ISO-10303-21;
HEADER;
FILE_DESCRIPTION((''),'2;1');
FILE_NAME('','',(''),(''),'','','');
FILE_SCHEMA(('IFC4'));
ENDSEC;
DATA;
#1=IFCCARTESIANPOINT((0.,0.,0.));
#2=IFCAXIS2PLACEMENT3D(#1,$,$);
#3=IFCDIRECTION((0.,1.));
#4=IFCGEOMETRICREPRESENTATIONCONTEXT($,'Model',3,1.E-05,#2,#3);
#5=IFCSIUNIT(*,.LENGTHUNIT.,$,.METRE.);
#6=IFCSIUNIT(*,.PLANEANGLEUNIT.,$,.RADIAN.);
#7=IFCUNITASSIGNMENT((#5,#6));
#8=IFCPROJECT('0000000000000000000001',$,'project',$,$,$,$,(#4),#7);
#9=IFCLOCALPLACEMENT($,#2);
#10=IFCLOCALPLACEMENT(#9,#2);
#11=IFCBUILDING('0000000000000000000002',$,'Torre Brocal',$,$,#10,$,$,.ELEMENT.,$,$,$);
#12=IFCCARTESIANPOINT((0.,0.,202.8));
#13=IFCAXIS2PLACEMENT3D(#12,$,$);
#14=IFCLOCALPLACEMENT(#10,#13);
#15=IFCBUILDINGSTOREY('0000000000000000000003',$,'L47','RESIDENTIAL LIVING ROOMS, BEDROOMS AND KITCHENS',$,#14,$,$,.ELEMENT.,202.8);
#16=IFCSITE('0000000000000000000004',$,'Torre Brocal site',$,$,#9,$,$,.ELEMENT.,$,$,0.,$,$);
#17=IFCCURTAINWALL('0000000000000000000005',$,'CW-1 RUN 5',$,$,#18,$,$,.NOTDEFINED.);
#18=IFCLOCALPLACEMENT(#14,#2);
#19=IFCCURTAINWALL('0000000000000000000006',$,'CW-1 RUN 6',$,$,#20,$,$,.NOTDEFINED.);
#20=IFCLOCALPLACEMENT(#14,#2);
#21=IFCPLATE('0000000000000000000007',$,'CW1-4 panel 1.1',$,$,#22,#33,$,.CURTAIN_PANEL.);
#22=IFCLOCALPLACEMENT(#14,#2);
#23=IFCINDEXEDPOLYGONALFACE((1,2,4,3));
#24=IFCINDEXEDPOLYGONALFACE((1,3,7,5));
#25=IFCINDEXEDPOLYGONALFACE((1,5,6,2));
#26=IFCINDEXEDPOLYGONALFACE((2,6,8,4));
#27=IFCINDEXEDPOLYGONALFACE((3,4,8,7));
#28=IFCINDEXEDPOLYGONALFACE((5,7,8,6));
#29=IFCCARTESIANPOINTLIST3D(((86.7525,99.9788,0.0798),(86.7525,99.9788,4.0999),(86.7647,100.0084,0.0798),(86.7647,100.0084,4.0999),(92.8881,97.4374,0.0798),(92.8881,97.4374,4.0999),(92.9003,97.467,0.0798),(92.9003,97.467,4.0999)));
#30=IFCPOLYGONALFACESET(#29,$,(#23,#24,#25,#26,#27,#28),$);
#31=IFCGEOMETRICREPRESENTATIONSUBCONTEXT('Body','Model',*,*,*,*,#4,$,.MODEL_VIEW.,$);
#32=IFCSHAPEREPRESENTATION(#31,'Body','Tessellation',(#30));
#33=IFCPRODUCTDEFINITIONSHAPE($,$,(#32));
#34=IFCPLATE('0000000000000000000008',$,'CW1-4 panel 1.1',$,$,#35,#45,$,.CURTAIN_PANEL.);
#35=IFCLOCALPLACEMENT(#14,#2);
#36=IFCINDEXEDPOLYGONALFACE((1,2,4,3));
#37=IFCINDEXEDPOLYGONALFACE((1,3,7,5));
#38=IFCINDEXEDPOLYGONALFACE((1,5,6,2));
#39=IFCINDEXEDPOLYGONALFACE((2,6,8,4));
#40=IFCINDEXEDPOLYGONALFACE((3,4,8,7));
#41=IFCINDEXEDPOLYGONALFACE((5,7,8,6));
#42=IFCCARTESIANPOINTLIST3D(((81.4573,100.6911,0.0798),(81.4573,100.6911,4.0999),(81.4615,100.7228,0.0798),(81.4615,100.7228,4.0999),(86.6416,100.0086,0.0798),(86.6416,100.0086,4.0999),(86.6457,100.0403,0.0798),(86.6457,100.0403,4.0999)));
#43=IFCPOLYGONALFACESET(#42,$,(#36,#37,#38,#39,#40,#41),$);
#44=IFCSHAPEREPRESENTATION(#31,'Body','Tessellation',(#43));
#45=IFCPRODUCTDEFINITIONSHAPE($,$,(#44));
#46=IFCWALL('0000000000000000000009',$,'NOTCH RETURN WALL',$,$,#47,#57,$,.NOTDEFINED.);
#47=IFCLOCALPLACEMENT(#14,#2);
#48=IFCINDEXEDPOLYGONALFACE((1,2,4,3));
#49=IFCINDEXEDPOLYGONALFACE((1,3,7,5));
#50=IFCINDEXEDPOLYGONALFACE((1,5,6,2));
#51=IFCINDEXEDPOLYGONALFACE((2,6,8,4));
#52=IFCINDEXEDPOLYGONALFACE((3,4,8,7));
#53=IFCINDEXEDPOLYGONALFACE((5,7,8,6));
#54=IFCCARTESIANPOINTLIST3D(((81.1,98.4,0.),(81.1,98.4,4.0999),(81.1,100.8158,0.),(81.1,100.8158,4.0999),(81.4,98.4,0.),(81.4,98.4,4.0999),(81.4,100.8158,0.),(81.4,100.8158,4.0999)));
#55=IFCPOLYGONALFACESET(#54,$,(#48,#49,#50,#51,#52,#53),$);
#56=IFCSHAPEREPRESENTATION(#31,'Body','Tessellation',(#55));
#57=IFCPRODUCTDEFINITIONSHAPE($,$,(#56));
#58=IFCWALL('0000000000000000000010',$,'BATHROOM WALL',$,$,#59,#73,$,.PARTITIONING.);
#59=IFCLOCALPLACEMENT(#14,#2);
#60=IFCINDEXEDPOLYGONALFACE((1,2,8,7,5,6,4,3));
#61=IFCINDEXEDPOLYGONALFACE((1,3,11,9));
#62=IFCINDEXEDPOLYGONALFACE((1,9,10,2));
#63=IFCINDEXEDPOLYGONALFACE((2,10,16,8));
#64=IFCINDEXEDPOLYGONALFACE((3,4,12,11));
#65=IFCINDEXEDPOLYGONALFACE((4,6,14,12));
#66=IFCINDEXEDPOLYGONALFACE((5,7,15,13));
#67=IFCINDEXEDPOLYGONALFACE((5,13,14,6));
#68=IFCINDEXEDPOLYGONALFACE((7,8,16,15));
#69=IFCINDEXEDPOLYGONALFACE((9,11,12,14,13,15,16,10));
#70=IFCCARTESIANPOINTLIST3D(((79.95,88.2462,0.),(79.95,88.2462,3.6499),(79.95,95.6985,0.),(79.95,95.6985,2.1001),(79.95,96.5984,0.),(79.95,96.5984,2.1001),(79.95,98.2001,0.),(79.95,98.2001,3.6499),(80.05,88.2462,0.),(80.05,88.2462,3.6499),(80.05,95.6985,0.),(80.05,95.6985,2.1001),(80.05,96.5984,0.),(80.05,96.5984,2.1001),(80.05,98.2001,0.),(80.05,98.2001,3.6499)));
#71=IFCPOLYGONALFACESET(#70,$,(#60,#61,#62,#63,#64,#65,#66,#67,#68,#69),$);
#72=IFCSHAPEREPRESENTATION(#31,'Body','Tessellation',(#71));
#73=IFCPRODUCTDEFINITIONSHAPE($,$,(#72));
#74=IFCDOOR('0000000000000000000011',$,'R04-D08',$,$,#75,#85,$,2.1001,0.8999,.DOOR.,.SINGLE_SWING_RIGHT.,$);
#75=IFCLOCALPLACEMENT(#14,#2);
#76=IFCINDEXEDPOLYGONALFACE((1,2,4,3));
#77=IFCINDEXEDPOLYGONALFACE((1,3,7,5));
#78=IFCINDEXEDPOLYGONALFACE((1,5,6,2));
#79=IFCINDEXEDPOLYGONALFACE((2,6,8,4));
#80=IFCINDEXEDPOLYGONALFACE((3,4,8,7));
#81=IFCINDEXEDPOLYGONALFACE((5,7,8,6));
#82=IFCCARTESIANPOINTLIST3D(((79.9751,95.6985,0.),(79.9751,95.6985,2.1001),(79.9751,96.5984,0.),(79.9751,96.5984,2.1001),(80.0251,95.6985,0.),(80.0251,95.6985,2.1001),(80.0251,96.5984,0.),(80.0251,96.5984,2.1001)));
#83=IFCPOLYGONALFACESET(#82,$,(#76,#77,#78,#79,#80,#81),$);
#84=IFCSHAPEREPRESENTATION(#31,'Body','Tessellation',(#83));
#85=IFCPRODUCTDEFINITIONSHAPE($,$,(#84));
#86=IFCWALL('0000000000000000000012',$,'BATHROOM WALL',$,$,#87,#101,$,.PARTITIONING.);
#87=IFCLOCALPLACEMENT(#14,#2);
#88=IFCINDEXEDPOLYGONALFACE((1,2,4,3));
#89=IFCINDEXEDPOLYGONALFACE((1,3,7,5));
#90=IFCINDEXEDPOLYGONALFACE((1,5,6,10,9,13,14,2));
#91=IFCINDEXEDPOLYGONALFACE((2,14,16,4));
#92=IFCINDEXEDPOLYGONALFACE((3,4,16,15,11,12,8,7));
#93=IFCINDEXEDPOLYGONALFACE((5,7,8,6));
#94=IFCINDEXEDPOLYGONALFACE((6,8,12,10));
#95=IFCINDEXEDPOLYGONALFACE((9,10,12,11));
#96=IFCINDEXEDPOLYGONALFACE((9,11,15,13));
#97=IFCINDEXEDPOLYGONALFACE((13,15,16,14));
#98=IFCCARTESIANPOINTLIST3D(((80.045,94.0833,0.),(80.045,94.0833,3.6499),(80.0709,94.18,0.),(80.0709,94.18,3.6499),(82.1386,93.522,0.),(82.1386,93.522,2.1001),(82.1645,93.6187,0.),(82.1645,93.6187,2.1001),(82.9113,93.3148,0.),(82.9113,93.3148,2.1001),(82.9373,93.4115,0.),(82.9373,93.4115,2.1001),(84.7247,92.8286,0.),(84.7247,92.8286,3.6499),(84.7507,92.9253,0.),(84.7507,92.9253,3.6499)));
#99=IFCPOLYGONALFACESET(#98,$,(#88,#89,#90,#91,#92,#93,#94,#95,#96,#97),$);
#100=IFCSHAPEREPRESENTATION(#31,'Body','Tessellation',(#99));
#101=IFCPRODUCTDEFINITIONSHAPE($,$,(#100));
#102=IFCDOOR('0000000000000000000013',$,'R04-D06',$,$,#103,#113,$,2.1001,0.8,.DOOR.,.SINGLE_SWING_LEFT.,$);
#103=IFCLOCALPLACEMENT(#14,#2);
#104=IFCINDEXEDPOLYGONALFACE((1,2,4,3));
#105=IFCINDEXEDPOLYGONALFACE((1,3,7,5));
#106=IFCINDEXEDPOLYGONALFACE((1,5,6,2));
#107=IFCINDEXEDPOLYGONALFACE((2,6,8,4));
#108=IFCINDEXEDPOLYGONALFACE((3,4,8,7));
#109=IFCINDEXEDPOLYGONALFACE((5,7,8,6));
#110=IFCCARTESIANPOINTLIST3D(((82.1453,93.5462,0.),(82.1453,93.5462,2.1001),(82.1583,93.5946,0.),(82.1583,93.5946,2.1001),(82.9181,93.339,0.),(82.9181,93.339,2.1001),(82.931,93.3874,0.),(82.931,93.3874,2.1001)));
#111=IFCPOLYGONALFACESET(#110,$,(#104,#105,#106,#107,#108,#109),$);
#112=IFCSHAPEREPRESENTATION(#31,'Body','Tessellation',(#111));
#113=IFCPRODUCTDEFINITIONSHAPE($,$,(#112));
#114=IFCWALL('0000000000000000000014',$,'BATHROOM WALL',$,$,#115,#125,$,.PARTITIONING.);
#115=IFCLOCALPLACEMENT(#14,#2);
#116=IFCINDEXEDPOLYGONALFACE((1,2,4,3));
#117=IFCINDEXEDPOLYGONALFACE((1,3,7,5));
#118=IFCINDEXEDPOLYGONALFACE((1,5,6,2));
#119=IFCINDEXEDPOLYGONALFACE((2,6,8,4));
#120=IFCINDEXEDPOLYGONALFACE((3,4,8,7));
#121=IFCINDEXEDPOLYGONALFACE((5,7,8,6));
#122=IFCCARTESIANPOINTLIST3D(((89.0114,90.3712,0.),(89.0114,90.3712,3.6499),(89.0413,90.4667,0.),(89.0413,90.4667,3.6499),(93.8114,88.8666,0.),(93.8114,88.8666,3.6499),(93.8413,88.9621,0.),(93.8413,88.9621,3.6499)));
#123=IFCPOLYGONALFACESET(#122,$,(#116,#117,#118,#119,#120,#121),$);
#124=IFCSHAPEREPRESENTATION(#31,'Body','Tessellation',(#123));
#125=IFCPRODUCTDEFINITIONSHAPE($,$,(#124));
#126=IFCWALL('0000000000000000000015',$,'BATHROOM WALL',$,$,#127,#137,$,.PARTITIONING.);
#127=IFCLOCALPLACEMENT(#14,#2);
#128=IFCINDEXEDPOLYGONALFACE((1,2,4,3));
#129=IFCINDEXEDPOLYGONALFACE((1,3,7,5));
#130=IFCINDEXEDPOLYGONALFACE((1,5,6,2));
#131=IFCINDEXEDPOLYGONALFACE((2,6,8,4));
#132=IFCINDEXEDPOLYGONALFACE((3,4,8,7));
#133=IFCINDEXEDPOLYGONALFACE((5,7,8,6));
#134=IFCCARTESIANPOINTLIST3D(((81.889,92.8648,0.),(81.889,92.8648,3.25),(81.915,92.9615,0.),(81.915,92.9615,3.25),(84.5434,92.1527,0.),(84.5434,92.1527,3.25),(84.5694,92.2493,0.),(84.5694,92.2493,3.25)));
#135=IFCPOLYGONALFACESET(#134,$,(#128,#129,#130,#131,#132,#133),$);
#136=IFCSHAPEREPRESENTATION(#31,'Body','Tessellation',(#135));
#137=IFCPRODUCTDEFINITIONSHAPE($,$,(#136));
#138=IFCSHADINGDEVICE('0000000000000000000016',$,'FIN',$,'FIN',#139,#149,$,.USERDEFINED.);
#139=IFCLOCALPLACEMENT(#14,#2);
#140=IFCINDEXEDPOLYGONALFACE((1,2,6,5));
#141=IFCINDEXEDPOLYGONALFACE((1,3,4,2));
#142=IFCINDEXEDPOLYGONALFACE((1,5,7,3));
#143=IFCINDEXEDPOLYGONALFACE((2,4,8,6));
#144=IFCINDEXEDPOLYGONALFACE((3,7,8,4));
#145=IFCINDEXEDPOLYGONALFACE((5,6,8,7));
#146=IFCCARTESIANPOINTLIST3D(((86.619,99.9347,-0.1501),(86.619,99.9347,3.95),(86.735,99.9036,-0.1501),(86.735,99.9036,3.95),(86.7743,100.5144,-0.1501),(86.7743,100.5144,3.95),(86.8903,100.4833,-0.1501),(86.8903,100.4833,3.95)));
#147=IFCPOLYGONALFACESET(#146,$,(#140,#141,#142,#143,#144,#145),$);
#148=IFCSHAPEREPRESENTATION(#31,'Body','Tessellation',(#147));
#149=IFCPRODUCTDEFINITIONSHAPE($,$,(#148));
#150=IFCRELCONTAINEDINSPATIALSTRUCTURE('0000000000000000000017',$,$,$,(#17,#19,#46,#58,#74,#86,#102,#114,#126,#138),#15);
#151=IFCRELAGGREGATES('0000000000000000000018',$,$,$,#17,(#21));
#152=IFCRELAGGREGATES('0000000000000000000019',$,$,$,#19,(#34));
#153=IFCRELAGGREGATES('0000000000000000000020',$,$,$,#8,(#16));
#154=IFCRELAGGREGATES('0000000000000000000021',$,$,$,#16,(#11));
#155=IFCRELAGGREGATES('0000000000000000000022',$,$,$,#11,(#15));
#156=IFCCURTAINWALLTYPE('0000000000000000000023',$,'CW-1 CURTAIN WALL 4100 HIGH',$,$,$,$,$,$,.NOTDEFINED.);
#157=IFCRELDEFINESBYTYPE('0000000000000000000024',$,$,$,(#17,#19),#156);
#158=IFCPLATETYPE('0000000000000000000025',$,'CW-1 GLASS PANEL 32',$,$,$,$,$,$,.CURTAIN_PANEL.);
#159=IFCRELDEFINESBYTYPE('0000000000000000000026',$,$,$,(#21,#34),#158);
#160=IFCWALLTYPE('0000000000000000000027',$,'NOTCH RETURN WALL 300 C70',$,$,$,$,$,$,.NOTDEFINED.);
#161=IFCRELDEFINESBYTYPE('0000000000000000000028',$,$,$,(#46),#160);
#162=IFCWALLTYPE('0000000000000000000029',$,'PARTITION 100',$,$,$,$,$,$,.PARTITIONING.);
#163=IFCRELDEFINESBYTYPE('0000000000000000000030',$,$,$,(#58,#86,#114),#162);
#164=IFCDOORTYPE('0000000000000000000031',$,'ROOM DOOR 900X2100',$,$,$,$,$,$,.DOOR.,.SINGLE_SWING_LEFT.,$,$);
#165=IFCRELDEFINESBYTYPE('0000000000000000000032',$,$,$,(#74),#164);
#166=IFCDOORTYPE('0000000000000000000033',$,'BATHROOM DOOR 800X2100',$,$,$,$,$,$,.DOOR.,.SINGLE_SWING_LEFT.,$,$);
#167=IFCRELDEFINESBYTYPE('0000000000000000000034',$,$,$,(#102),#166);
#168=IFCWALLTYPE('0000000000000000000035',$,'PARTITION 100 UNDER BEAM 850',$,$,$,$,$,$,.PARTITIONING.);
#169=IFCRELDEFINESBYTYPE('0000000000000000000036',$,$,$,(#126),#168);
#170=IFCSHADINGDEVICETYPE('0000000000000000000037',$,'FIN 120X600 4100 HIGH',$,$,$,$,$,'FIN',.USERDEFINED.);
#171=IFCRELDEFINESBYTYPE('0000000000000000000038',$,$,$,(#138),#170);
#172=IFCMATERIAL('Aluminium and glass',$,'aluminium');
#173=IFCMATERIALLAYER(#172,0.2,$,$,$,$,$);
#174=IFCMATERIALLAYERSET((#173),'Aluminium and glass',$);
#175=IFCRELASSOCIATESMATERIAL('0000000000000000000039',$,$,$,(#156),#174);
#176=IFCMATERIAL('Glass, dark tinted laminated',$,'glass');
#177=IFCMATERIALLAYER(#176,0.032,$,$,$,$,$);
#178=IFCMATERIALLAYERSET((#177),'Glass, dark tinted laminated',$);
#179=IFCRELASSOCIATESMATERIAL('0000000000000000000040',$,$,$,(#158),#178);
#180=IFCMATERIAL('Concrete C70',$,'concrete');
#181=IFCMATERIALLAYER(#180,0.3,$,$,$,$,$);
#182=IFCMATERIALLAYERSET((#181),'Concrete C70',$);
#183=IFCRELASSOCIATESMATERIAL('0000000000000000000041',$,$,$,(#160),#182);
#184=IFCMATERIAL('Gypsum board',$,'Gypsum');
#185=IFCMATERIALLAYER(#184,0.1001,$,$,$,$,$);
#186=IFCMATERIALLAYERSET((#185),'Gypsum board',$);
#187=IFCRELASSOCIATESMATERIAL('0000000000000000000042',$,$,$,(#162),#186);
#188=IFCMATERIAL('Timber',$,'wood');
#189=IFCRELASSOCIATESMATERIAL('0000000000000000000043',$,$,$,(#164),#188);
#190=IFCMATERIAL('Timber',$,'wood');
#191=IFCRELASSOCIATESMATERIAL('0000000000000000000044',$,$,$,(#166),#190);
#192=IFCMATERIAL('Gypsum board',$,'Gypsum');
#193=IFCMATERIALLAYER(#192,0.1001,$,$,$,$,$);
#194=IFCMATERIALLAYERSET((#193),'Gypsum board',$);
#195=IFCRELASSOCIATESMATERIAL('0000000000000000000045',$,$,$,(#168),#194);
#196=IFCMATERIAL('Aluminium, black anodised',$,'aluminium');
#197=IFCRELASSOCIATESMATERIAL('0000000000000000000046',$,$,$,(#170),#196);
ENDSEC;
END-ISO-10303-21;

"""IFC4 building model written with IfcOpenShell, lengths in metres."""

from ifc_helpers import new_model, si_unit, direction, frame, frame_2d, origin, origin_2d, place, context, subcontext, project, spatial, rectangle, extrude, material, layer, layer_set, material_profile, profile_set, type_object, element, fill, aggregate, save


model = new_model("IFC4")

# Units and contexts
model_context = context("Model", 3, precision=1e-05, world=origin(), true_north=direction((0.0, 1.0)))
body_context = subcontext(model_context, "Body", "Model", "MODEL_VIEW")
ifc_project = project(units=[si_unit("LENGTHUNIT", "METRE"), si_unit("PLANEANGLEUNIT", "RADIAN")], contexts=[model_context])

# Site, building, storey
site_placement = place(None, origin())
site = spatial("IfcSite", under=ifc_project, at=site_placement, Name="Torre Brocal site", CompositionType="ELEMENT", RefElevation=0.0)
building_placement = place(site_placement, origin())
building = spatial("IfcBuilding", under=site, at=building_placement, Name="Torre Brocal", CompositionType="ELEMENT")
storey_placement = place(building_placement, frame((0.0, 0.0, 202.8)))
storey = spatial("IfcBuildingStorey", under=building, at=storey_placement, Name="L47", Description="RESIDENTIAL LIVING ROOMS, BEDROOMS AND KITCHENS", CompositionType="ELEMENT", Elevation=202.8)

# Curtain wall
ifc_material_1 = material(Name="Aluminium and glass", Category="aluminium")
ifc_layer_1 = layer(ifc_material_1, 0.2)
ifc_layer_set_1 = layer_set([ifc_layer_1], Name="Aluminium and glass")
curtain_wall_type = type_object("IfcCurtainWallType", Name="CW-1 CURTAIN WALL 4100 HIGH", PredefinedType="NOTDEFINED", material=ifc_layer_set_1)
curtain_wall_1_placement = place(storey_placement, origin())
curtain_wall_1 = element("IfcCurtainWall", 1, at=curtain_wall_1_placement, inside=storey, type_object=curtain_wall_type, Name="CW-1 RUN 5", PredefinedType="NOTDEFINED")

# Curtain wall
curtain_wall_2_placement = place(storey_placement, origin())
curtain_wall_2 = element("IfcCurtainWall", 2, at=curtain_wall_2_placement, inside=storey, type_object=curtain_wall_type, Name="CW-1 RUN 6", PredefinedType="NOTDEFINED")

# Plates
ifc_material_2 = material(Name="Glass, dark tinted laminated", Category="glass")
ifc_layer_2 = layer(ifc_material_2, 0.032)
ifc_layer_set_2 = layer_set([ifc_layer_2], Name="Glass, dark tinted laminated")
plate_type = type_object("IfcPlateType", Name="CW-1 GLASS PANEL 32", PredefinedType="CURTAIN_PANEL", material=ifc_layer_set_2)
plate_1_placement = place(storey_placement, frame((89.8264, 98.7229, 0.0798), z_axis=(0.0, 0.0, 1.0), x_axis=(-0.92388, 0.382683, 0.0)))
plate_1 = element("IfcPlate", 3, at=plate_1_placement, type_object=plate_type, Name="CW1-4 panel 1.1", PredefinedType="CURTAIN_PANEL", context=body_context, shape_type="SweptSolid", body=[
    extrude(rectangle(XDim=6.6411, YDim=0.032, at=origin_2d()), origin(), (0.0, 0.0, 1.0), 4.02),
])
aggregate(curtain_wall_1, [plate_1])
plate_2_placement = place(storey_placement, frame((84.0515, 100.3657, 0.0798), z_axis=(0.0, 0.0, 1.0), x_axis=(-0.991445, 0.130526, 0.0)))
plate_2 = element("IfcPlate", 4, at=plate_2_placement, type_object=plate_type, Name="CW1-4 panel 1.1", PredefinedType="CURTAIN_PANEL", context=body_context, shape_type="SweptSolid", body=[
    extrude(rectangle(XDim=5.229, YDim=0.032, at=origin_2d()), origin(), (0.0, 0.0, 1.0), 4.02),
])
aggregate(curtain_wall_2, [plate_2])

# Wall
ifc_material_3 = material(Name="Concrete C70", Category="concrete")
ifc_layer_3 = layer(ifc_material_3, 0.3)
ifc_layer_set_3 = layer_set([ifc_layer_3], Name="Concrete C70")
wall_type_1 = type_object("IfcWallType", Name="NOTCH RETURN WALL 300 C70", PredefinedType="NOTDEFINED", material=ifc_layer_set_3)
wall_1_placement = place(storey_placement, frame((81.25, 98.3999, 0.0), z_axis=(0.0, 0.0, 1.0), x_axis=(0.0, 1.0, 0.0)))
element("IfcWall", 5, at=wall_1_placement, inside=storey, type_object=wall_type_1, Name="NOTCH RETURN WALL", PredefinedType="NOTDEFINED", context=body_context, shape_type="SweptSolid", body=[
    extrude(rectangle(XDim=2.4158, YDim=0.3, at=frame_2d((1.208, 0.0))), origin(), (0.0, 0.0, 1.0), 4.0999),
])

# Walls, openings, doors
ifc_material_4 = material(Name="Gypsum board", Category="Gypsum")
ifc_layer_4 = layer(ifc_material_4, 0.1001)
ifc_layer_set_4 = layer_set([ifc_layer_4], Name="Gypsum board")
wall_type_2 = type_object("IfcWallType", Name="PARTITION 100", PredefinedType="PARTITIONING", material=ifc_layer_set_4)
wall_2_placement = place(storey_placement, frame((80.0, 88.2461, 0.0), z_axis=(0.0, 0.0, 1.0), x_axis=(0.0, 1.0, 0.0)))
wall_2 = element("IfcWall", 6, at=wall_2_placement, inside=storey, type_object=wall_type_2, Name="BATHROOM WALL", PredefinedType="PARTITIONING", context=body_context, shape_type="SweptSolid", body=[
    extrude(rectangle(XDim=9.9539, YDim=0.1001, at=frame_2d((4.9771, 0.0))), origin(), (0.0, 0.0, 1.0), 3.6499),
])
opening_1_placement = place(wall_2_placement, frame((7.4524, 0.0, 0.0)))
opening_1 = element("IfcOpeningElement", 7, at=opening_1_placement, cuts=wall_2, PredefinedType="OPENING", context=body_context, shape_type="SweptSolid", body=[
    extrude(rectangle(XDim=0.8999, YDim=2.1001, at=frame_2d((0.45, 1.05))), frame((0.0, 0.0601, 0.0), z_axis=(0.0, -1.0, 0.0), x_axis=(1.0, 0.0, 0.0)), (0.0, 0.0, 1.0), 0.1201),
])
ifc_material_5 = material(Name="Timber", Category="wood")
door_type_1 = type_object("IfcDoorType", Name="ROOM DOOR 900X2100", OperationType="SINGLE_SWING_LEFT", PredefinedType="DOOR", material=ifc_material_5)
door_1_placement = place(opening_1_placement, origin())
door_1 = element("IfcDoor", 8, at=door_1_placement, inside=storey, type_object=door_type_1, Name="R04-D08", OperationType="SINGLE_SWING_RIGHT", OverallHeight=2.1001, OverallWidth=0.8999, PredefinedType="DOOR", context=body_context, shape_type="SweptSolid", body=[
    extrude(rectangle(XDim=0.8999, YDim=2.1001, at=frame_2d((0.45, 1.05))), frame((0.0, 0.0249, 0.0), z_axis=(0.0, -1.0, 0.0), x_axis=(1.0, 0.0, 0.0)), (0.0, 0.0, 1.0), 0.05),
])
fill(opening_1, door_1)
wall_3_placement = place(storey_placement, frame((80.0581, 94.1316, 0.0), z_axis=(0.0, 0.0, 1.0), x_axis=(0.965889, -0.258958, 0.0)))
wall_3 = element("IfcWall", 9, at=wall_3_placement, inside=storey, type_object=wall_type_2, Name="BATHROOM WALL", PredefinedType="PARTITIONING", context=body_context, shape_type="SweptSolid", body=[
    extrude(rectangle(XDim=4.845, YDim=0.1001, at=frame_2d((2.4224, 0.0))), origin(), (0.0, 0.0, 1.0), 3.6499),
])
opening_2_placement = place(wall_3_placement, frame((2.1675, 0.0, 0.0)))
opening_2 = element("IfcOpeningElement", 10, at=opening_2_placement, cuts=wall_3, PredefinedType="OPENING", context=body_context, shape_type="SweptSolid", body=[
    extrude(rectangle(XDim=0.8, YDim=2.1001, at=frame_2d((0.3999, 1.05))), frame((0.0, 0.0601, 0.0), z_axis=(0.0, -1.0, 0.0), x_axis=(1.0, 0.0, 0.0)), (0.0, 0.0, 1.0), 0.1201),
])
ifc_material_6 = material(Name="Timber", Category="wood")
door_type_2 = type_object("IfcDoorType", Name="BATHROOM DOOR 800X2100", OperationType="SINGLE_SWING_LEFT", PredefinedType="DOOR", material=ifc_material_6)
door_2_placement = place(opening_2_placement, frame((0.8, 0.0, 0.0), z_axis=(0.0, 0.0, 1.0), x_axis=(-1.0, 0.0, 0.0)))
door_2 = element("IfcDoor", 11, at=door_2_placement, inside=storey, type_object=door_type_2, Name="R04-D06", OperationType="SINGLE_SWING_LEFT", OverallHeight=2.1001, OverallWidth=0.8, PredefinedType="DOOR", context=body_context, shape_type="SweptSolid", body=[
    extrude(rectangle(XDim=0.8, YDim=2.1001, at=frame_2d((0.3999, 1.05))), frame((0.0, 0.0249, 0.0), z_axis=(0.0, -1.0, 0.0), x_axis=(1.0, 0.0, 0.0)), (0.0, 0.0, 1.0), 0.05),
])
fill(opening_2, door_2)

# Walls
wall_4_placement = place(storey_placement, frame((89.0264, 90.4189, 0.0), z_axis=(0.0, 0.0, 1.0), x_axis=(0.954218, -0.299112, 0.0)))
element("IfcWall", 12, at=wall_4_placement, inside=storey, type_object=wall_type_2, Name="BATHROOM WALL", PredefinedType="PARTITIONING", context=body_context, shape_type="SweptSolid", body=[
    extrude(rectangle(XDim=5.0303, YDim=0.1001, at=frame_2d((2.5151, 0.0))), origin(), (0.0, 0.0, 1.0), 3.6499),
])
ifc_material_7 = material(Name="Gypsum board", Category="Gypsum")
ifc_layer_5 = layer(ifc_material_7, 0.1001)
ifc_layer_set_5 = layer_set([ifc_layer_5], Name="Gypsum board")
wall_type_3 = type_object("IfcWallType", Name="PARTITION 100 UNDER BEAM 850", PredefinedType="PARTITIONING", material=ifc_layer_set_5)
wall_5_placement = place(storey_placement, frame((81.9021, 92.9131, 0.0), z_axis=(0.0, 0.0, 1.0), x_axis=(0.965846, -0.259116, 0.0)))
element("IfcWall", 13, at=wall_5_placement, inside=storey, type_object=wall_type_3, Name="BATHROOM WALL", PredefinedType="PARTITIONING", context=body_context, shape_type="SweptSolid", body=[
    extrude(rectangle(XDim=2.7483, YDim=0.1001, at=frame_2d((1.374, 0.0))), origin(), (0.0, 0.0, 1.0), 3.25),
])

# Shading device
ifc_material_8 = material(Name="Aluminium, black anodised", Category="aluminium")
ifc_material_profile_1 = material_profile(ifc_material_8, rectangle(XDim=0.1201, YDim=0.6001, at=origin_2d()), Name="FIN 120X600 4100 HIGH")
ifc_profile_set_1 = profile_set([ifc_material_profile_1], Name="Aluminium, black anodised")
shading_device_type = type_object("IfcShadingDeviceType", Name="FIN 120X600 4100 HIGH", ElementType="FIN", PredefinedType="USERDEFINED", material=ifc_profile_set_1)
shading_device_placement = place(storey_placement, frame((86.7546, 100.209, -0.1501), z_axis=(0.0, 0.0, 1.0), x_axis=(-0.965926, 0.258819, 0.0)))
element("IfcShadingDevice", 14, at=shading_device_placement, inside=storey, type_object=shading_device_type, Name="FIN", ObjectType="FIN", PredefinedType="USERDEFINED", context=body_context, shape_type="SweptSolid", body=[
    extrude(rectangle(XDim=0.1201, YDim=0.6001, at=origin_2d()), origin(), (0.0, 0.0, 1.0), 4.1001),
])

save(model, "model.ifc")
